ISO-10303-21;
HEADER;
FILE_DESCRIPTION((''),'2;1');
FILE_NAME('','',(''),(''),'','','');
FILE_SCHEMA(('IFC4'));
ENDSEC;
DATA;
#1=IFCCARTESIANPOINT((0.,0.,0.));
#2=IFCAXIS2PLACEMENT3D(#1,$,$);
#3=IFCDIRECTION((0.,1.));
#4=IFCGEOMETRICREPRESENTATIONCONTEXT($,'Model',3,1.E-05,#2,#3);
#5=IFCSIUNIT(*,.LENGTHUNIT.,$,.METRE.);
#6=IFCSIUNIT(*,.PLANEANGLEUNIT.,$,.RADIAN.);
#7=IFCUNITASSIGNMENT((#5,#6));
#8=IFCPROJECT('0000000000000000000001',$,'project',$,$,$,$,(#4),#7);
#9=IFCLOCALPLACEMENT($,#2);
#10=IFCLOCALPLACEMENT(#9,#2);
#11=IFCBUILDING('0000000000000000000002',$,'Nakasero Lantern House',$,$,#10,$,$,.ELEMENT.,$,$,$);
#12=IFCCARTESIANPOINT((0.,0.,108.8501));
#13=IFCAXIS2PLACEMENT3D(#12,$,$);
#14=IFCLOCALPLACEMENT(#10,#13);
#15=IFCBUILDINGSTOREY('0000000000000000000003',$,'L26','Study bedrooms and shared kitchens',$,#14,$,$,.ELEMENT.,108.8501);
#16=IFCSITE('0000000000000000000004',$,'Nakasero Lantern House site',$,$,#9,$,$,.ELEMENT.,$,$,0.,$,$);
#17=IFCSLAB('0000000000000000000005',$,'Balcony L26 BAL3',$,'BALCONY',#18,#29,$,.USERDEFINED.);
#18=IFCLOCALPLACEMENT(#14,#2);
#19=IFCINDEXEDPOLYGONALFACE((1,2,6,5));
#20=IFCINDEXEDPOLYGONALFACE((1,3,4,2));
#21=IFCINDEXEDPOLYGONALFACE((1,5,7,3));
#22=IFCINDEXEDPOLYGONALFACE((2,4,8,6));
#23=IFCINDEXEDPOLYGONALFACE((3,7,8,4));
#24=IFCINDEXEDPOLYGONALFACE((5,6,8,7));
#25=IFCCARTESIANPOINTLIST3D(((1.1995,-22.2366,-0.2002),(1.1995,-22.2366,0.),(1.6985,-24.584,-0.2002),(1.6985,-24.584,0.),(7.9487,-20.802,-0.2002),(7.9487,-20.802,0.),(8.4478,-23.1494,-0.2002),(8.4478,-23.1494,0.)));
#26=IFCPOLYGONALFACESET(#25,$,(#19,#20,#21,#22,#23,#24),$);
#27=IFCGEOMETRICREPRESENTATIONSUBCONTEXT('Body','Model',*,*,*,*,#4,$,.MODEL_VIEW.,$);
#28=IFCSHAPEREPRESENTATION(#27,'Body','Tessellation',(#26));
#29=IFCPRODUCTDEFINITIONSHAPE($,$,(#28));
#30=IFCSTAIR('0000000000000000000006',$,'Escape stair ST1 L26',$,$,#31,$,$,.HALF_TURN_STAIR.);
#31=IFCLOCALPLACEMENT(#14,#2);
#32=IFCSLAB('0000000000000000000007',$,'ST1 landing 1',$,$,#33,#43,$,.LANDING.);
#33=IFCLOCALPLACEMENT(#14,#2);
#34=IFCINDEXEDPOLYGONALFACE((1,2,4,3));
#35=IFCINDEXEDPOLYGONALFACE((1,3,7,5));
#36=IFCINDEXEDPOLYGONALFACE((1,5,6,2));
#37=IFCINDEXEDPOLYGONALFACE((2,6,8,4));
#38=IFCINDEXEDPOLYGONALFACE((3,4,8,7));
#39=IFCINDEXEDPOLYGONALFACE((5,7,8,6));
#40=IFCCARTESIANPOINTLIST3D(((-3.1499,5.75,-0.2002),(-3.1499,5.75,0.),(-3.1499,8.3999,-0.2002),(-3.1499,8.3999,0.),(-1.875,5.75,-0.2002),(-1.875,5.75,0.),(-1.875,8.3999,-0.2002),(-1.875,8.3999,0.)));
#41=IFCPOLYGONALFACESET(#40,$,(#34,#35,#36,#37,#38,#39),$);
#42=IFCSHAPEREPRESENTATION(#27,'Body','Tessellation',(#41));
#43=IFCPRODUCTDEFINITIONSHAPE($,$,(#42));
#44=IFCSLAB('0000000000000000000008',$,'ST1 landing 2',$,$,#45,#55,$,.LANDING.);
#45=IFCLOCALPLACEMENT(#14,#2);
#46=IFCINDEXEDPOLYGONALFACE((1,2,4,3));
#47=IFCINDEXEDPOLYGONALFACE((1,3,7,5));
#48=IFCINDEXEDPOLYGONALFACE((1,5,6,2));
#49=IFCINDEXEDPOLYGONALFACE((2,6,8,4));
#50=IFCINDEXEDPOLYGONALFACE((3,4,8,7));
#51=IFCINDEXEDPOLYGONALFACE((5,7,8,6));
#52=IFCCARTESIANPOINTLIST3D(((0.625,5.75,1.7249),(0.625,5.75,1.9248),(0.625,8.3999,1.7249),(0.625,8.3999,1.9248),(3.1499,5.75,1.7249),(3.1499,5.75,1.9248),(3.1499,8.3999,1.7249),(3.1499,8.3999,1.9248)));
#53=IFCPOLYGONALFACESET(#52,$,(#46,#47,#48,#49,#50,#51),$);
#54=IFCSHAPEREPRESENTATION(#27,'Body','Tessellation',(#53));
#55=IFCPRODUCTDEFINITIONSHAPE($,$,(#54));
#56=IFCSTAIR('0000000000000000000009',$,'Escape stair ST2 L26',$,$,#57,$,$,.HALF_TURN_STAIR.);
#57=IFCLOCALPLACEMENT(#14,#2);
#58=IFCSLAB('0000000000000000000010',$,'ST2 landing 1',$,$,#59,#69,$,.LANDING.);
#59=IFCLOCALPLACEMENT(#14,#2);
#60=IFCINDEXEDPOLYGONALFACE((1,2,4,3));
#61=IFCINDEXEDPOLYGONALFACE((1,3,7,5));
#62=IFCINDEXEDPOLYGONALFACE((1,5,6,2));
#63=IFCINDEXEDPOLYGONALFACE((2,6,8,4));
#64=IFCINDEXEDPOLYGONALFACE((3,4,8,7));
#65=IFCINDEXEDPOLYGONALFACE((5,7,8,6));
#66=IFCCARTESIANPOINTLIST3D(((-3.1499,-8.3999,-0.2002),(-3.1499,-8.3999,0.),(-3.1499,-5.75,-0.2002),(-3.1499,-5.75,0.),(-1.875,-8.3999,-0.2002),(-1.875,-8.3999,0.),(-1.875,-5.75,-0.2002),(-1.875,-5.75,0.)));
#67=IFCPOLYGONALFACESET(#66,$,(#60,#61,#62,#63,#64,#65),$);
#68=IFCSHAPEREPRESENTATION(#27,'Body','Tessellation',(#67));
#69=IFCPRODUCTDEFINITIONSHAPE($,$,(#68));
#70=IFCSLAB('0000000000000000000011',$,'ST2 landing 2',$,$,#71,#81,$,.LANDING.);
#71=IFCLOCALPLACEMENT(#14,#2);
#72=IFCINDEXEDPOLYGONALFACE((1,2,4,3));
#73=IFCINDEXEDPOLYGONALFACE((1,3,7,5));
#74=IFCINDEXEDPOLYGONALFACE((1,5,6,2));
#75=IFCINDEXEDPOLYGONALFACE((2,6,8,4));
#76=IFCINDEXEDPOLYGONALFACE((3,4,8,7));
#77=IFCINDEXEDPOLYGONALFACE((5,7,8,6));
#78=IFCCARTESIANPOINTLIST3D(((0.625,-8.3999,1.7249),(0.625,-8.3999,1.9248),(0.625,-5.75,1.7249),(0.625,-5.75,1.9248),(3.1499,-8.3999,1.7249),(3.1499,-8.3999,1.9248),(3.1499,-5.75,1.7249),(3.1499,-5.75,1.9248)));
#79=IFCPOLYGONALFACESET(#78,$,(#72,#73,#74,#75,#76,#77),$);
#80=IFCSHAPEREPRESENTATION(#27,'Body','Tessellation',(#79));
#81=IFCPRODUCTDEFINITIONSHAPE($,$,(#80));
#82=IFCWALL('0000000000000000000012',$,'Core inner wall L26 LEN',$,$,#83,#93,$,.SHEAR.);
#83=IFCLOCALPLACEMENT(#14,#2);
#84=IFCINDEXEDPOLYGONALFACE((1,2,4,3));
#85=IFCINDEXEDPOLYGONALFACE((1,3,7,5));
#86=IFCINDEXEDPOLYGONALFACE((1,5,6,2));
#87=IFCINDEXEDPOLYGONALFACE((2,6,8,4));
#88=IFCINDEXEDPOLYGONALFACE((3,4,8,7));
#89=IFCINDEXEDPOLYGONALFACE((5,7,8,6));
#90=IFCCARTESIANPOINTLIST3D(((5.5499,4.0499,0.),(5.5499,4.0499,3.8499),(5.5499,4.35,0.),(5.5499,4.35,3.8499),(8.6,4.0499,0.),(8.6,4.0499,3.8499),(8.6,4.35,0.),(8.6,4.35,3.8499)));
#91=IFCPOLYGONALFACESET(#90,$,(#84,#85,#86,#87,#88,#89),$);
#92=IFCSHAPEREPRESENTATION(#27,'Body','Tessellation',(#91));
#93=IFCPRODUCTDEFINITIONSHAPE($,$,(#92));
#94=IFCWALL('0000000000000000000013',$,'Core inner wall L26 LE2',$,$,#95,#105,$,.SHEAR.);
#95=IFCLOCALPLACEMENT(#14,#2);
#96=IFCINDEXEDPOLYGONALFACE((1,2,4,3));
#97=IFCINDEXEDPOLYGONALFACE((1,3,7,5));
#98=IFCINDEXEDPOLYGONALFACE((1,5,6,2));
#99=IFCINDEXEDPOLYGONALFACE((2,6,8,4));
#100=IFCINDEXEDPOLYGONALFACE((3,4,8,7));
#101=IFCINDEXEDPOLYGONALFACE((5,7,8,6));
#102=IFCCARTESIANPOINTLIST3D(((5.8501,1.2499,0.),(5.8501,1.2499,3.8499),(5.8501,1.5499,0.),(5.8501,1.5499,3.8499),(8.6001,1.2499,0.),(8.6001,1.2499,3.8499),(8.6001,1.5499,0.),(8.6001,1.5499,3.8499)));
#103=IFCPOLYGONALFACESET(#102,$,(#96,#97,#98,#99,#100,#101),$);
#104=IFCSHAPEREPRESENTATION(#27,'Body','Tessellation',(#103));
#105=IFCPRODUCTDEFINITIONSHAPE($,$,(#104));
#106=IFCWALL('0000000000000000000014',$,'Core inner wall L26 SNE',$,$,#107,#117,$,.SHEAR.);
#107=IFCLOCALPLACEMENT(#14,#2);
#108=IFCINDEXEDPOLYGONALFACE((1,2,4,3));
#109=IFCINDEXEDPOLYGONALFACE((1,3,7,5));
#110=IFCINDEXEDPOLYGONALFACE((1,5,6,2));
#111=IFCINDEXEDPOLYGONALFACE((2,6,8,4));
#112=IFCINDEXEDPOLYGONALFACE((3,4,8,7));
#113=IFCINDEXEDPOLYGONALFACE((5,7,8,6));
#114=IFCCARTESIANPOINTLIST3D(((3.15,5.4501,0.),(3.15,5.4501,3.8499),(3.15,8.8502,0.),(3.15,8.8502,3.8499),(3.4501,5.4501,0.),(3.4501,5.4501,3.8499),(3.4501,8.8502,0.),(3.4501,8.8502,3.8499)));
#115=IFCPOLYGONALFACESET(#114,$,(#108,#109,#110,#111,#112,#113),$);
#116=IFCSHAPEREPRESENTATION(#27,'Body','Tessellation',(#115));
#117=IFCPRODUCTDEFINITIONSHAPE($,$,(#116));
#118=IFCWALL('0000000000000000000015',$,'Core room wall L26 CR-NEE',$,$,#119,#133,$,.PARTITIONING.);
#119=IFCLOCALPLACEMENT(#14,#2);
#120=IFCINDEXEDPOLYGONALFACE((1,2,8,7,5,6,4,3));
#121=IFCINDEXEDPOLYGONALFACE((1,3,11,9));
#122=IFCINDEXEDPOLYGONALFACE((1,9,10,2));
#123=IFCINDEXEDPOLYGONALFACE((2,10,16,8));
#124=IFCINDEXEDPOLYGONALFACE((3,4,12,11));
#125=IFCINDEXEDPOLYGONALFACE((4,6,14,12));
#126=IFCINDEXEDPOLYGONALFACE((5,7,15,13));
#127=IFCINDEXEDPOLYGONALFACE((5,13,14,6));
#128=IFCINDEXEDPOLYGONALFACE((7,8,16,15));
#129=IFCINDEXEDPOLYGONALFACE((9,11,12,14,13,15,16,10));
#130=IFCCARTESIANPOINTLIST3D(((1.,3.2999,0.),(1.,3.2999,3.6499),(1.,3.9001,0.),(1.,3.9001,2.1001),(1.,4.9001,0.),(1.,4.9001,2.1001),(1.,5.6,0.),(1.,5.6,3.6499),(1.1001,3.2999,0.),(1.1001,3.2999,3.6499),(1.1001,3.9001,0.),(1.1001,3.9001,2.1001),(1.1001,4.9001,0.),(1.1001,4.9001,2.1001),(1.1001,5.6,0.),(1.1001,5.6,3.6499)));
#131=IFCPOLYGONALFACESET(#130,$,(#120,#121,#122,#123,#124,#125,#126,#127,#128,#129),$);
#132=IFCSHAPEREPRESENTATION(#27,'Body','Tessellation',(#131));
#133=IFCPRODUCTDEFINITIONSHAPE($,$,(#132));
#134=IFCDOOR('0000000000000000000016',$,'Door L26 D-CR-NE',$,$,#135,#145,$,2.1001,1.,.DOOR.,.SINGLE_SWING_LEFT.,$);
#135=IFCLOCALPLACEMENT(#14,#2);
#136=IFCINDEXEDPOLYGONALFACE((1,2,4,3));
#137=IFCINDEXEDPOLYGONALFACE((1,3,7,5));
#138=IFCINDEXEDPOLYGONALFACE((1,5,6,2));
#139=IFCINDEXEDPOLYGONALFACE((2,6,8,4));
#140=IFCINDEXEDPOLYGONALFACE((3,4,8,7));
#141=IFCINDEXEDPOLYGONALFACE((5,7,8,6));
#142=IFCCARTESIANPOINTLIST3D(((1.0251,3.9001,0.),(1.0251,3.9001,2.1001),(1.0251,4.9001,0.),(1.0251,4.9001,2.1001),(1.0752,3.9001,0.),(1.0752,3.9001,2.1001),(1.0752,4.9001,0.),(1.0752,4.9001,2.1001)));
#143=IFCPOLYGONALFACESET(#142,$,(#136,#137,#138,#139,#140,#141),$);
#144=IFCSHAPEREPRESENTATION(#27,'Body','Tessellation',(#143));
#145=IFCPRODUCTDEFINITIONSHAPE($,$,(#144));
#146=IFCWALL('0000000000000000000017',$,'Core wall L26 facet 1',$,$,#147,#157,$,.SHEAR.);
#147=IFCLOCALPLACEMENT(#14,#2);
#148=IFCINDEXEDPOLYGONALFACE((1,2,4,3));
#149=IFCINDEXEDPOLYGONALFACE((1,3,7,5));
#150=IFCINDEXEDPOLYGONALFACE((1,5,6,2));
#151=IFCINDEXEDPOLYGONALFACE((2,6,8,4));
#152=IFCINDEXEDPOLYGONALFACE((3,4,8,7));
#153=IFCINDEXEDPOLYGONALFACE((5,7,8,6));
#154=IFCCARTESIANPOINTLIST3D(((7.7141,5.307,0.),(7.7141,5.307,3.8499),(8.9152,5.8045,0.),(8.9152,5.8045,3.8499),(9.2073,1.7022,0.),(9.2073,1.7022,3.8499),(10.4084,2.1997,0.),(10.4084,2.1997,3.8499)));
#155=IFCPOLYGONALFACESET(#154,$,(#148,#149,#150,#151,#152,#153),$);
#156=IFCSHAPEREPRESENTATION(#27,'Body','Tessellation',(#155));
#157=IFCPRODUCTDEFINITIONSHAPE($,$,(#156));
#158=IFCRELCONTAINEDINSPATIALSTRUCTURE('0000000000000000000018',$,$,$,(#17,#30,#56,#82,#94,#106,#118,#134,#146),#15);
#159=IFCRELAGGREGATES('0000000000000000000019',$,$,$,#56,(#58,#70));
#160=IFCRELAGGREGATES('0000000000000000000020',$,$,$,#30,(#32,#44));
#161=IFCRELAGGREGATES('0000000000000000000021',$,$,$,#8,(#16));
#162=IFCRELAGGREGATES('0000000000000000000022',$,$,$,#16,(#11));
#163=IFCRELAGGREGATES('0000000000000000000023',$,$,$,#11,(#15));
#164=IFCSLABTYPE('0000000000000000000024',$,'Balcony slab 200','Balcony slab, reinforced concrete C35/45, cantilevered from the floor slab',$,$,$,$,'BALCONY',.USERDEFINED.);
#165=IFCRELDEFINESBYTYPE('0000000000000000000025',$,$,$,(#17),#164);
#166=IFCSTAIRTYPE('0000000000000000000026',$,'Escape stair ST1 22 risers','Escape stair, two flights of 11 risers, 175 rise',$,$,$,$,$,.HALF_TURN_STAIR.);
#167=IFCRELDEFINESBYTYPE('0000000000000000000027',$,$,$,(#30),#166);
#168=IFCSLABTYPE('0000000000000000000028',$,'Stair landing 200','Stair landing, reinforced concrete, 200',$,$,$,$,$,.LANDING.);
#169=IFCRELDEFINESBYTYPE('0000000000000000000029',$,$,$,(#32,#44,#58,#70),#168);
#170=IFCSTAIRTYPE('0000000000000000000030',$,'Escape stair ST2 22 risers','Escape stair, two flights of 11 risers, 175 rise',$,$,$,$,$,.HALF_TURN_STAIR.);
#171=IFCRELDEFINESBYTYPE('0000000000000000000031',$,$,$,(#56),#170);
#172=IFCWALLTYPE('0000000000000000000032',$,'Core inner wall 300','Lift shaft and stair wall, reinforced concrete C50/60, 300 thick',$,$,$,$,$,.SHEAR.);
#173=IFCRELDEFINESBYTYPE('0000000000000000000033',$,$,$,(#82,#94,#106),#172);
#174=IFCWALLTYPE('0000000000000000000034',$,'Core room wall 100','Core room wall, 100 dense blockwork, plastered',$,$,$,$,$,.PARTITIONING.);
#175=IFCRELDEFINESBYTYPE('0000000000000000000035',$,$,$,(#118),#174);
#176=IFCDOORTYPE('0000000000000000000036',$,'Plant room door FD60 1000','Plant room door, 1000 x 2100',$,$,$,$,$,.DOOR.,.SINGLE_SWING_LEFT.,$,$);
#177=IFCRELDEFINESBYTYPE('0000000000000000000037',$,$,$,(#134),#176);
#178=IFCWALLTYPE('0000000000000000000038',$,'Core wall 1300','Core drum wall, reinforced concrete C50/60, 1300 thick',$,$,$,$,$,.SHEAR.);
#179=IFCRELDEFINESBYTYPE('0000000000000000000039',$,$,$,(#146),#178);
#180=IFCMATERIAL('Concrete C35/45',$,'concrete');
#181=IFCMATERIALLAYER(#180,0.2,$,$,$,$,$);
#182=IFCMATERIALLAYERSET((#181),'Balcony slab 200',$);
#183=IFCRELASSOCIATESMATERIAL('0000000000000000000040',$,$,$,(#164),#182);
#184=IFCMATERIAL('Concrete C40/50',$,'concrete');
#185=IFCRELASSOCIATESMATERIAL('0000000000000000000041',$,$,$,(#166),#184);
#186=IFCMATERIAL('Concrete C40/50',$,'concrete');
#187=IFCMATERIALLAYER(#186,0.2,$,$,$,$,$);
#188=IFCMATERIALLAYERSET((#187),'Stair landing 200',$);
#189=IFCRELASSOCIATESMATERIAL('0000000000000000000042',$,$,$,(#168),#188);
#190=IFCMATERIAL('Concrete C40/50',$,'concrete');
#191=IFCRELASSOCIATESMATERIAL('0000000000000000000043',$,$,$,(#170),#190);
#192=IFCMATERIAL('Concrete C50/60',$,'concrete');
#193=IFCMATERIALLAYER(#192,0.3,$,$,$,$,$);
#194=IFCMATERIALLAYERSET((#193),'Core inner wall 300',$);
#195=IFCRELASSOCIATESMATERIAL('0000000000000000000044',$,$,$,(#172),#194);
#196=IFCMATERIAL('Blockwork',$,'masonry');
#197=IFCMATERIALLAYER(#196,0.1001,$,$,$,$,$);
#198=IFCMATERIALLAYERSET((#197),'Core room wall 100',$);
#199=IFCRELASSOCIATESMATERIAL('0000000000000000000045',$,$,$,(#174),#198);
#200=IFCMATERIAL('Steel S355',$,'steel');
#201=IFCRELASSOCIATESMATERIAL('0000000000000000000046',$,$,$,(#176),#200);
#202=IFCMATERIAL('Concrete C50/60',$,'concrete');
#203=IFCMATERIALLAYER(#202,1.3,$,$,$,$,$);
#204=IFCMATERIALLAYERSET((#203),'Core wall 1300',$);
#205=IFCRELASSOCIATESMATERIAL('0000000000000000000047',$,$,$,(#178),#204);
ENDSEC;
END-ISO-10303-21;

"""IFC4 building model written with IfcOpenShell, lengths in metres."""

from ifc_helpers import new_model, si_unit, direction, frame, frame_2d, origin, place, context, subcontext, project, spatial, polyline, rectangle, outline, extrude, material, layer, layer_set, type_object, element, fill, aggregate, save


model = new_model("IFC4")

# Units and contexts
model_context = context("Model", 3, precision=1e-05, world=origin(), true_north=direction((0.0, 1.0)))
body_context = subcontext(model_context, "Body", "Model", "MODEL_VIEW")
ifc_project = project(units=[si_unit("LENGTHUNIT", "METRE"), si_unit("PLANEANGLEUNIT", "RADIAN")], contexts=[model_context])

# Site, building, storey
site_placement = place(None, origin())
site = spatial("IfcSite", under=ifc_project, at=site_placement, Name="Nakasero Lantern House site", CompositionType="ELEMENT", RefElevation=0.0)
building_placement = place(site_placement, origin())
building = spatial("IfcBuilding", under=site, at=building_placement, Name="Nakasero Lantern House", CompositionType="ELEMENT")
storey_placement = place(building_placement, frame((0.0, 0.0, 108.8501)))
storey = spatial("IfcBuildingStorey", under=building, at=storey_placement, Name="L26", Description="Study bedrooms and shared kitchens", CompositionType="ELEMENT", Elevation=108.8501)

# Slab
ifc_material_1 = material(Name="Concrete C35/45", Category="concrete")
ifc_layer_1 = layer(ifc_material_1, 0.2)
ifc_layer_set_1 = layer_set([ifc_layer_1], Name="Balcony slab 200")
slab_type_1 = type_object("IfcSlabType", Name="Balcony slab 200", Description="Balcony slab, reinforced concrete C35/45, cantilevered from the floor slab", ElementType="BALCONY", PredefinedType="USERDEFINED", material=ifc_layer_set_1)
slab_1_placement = place(storey_placement, frame((0.0, 0.0, -0.2002)))
element("IfcSlab", 1, at=slab_1_placement, inside=storey, type_object=slab_type_1, Name="Balcony L26 BAL3", ObjectType="BALCONY", PredefinedType="USERDEFINED", context=body_context, shape_type="SweptSolid", body=[
    extrude(outline(polyline([(1.1995, -22.2366), (1.6985, -24.584), (8.4478, -23.1494), (7.9487, -20.802), (1.1995, -22.2366)])), origin(), (0.0, 0.0, 1.0), 0.2002),
])

# Stairs, slabs
ifc_material_2 = material(Name="Concrete C40/50", Category="concrete")
stair_type_1 = type_object("IfcStairType", Name="Escape stair ST1 22 risers", Description="Escape stair, two flights of 11 risers, 175 rise", PredefinedType="HALF_TURN_STAIR", material=ifc_material_2)
stair_1_placement = place(storey_placement, origin())
stair_1 = element("IfcStair", 2, at=stair_1_placement, inside=storey, type_object=stair_type_1, Name="Escape stair ST1 L26", PredefinedType="HALF_TURN_STAIR")
ifc_material_3 = material(Name="Concrete C40/50", Category="concrete")
ifc_layer_2 = layer(ifc_material_3, 0.2)
ifc_layer_set_2 = layer_set([ifc_layer_2], Name="Stair landing 200")
slab_type_2 = type_object("IfcSlabType", Name="Stair landing 200", Description="Stair landing, reinforced concrete, 200", PredefinedType="LANDING", material=ifc_layer_set_2)
slab_2_placement = place(storey_placement, frame((0.0, 0.0, -0.2002)))
slab_2 = element("IfcSlab", 3, at=slab_2_placement, type_object=slab_type_2, Name="ST1 landing 1", PredefinedType="LANDING", context=body_context, shape_type="SweptSolid", body=[
    extrude(outline(polyline([(-3.1499, 5.75), (-1.875, 5.75), (-1.875, 8.3999), (-3.1499, 8.3999), (-3.1499, 5.75)])), origin(), (0.0, 0.0, 1.0), 0.2002),
])
slab_3_placement = place(storey_placement, frame((0.0, 0.0, 1.7249)))
slab_3 = element("IfcSlab", 4, at=slab_3_placement, type_object=slab_type_2, Name="ST1 landing 2", PredefinedType="LANDING", context=body_context, shape_type="SweptSolid", body=[
    extrude(outline(polyline([(0.625, 5.75), (3.1499, 5.75), (3.1499, 8.3999), (0.625, 8.3999), (0.625, 5.75)])), origin(), (0.0, 0.0, 1.0), 0.2),
])
ifc_material_4 = material(Name="Concrete C40/50", Category="concrete")
stair_type_2 = type_object("IfcStairType", Name="Escape stair ST2 22 risers", Description="Escape stair, two flights of 11 risers, 175 rise", PredefinedType="HALF_TURN_STAIR", material=ifc_material_4)
stair_2_placement = place(storey_placement, origin())
stair_2 = element("IfcStair", 5, at=stair_2_placement, inside=storey, type_object=stair_type_2, Name="Escape stair ST2 L26", PredefinedType="HALF_TURN_STAIR")
slab_4_placement = place(storey_placement, frame((0.0, 0.0, -0.2002)))
slab_4 = element("IfcSlab", 6, at=slab_4_placement, type_object=slab_type_2, Name="ST2 landing 1", PredefinedType="LANDING", context=body_context, shape_type="SweptSolid", body=[
    extrude(outline(polyline([(-3.1499, -8.3999), (-1.875, -8.3999), (-1.875, -5.75), (-3.1499, -5.75), (-3.1499, -8.3999)])), origin(), (0.0, 0.0, 1.0), 0.2002),
])
slab_5_placement = place(storey_placement, frame((0.0, 0.0, 1.7249)))
slab_5 = element("IfcSlab", 7, at=slab_5_placement, type_object=slab_type_2, Name="ST2 landing 2", PredefinedType="LANDING", context=body_context, shape_type="SweptSolid", body=[
    extrude(outline(polyline([(0.625, -8.3999), (3.1499, -8.3999), (3.1499, -5.75), (0.625, -5.75), (0.625, -8.3999)])), origin(), (0.0, 0.0, 1.0), 0.2),
])
aggregate(stair_2, [slab_4, slab_5])

# Walls
ifc_material_5 = material(Name="Concrete C50/60", Category="concrete")
ifc_layer_3 = layer(ifc_material_5, 0.3)
ifc_layer_set_3 = layer_set([ifc_layer_3], Name="Core inner wall 300")
wall_type_1 = type_object("IfcWallType", Name="Core inner wall 300", Description="Lift shaft and stair wall, reinforced concrete C50/60, 300 thick", PredefinedType="SHEAR", material=ifc_layer_set_3)
wall_1_placement = place(storey_placement, frame((5.55, 4.2, 0.0), z_axis=(0.0, 0.0, 1.0), x_axis=(1.0, 0.0, 0.0)))
element("IfcWall", 8, at=wall_1_placement, inside=storey, type_object=wall_type_1, Name="Core inner wall L26 LEN", PredefinedType="SHEAR", context=body_context, shape_type="SweptSolid", body=[
    extrude(rectangle(XDim=3.05, YDim=0.3, at=frame_2d((1.5249, 0.0))), origin(), (0.0, 0.0, 1.0), 3.8499),
])
wall_2_placement = place(storey_placement, frame((5.8501, 1.3999, 0.0), z_axis=(0.0, 0.0, 1.0), x_axis=(1.0, 0.0, 0.0)))
element("IfcWall", 9, at=wall_2_placement, inside=storey, type_object=wall_type_1, Name="Core inner wall L26 LE2", PredefinedType="SHEAR", context=body_context, shape_type="SweptSolid", body=[
    extrude(rectangle(XDim=2.75, YDim=0.3, at=frame_2d((1.375, 0.0))), origin(), (0.0, 0.0, 1.0), 3.8499),
])
wall_3_placement = place(storey_placement, frame((3.3, 5.45, 0.0), z_axis=(0.0, 0.0, 1.0), x_axis=(0.0, 1.0, 0.0)))
element("IfcWall", 10, at=wall_3_placement, inside=storey, type_object=wall_type_1, Name="Core inner wall L26 SNE", PredefinedType="SHEAR", context=body_context, shape_type="SweptSolid", body=[
    extrude(rectangle(XDim=3.4001, YDim=0.3, at=frame_2d((1.7002, 0.0))), origin(), (0.0, 0.0, 1.0), 3.8499),
])

# Wall, opening, door
ifc_material_6 = material(Name="Blockwork", Category="masonry")
ifc_layer_4 = layer(ifc_material_6, 0.1001)
ifc_layer_set_4 = layer_set([ifc_layer_4], Name="Core room wall 100")
wall_type_2 = type_object("IfcWallType", Name="Core room wall 100", Description="Core room wall, 100 dense blockwork, plastered", PredefinedType="PARTITIONING", material=ifc_layer_set_4)
wall_4_placement = place(storey_placement, frame((1.05, 3.3, 0.0), z_axis=(0.0, 0.0, 1.0), x_axis=(0.0, 1.0, 0.0)))
wall_4 = element("IfcWall", 11, at=wall_4_placement, inside=storey, type_object=wall_type_2, Name="Core room wall L26 CR-NEE", PredefinedType="PARTITIONING", context=body_context, shape_type="SweptSolid", body=[
    extrude(rectangle(XDim=2.3, YDim=0.1001, at=frame_2d((1.1499, 0.0))), origin(), (0.0, 0.0, 1.0), 3.6499),
])
opening_1_placement = place(wall_4_placement, frame((0.6001, 0.0, 0.0)))
opening_1 = element("IfcOpeningElement", 12, at=opening_1_placement, cuts=wall_4, PredefinedType="OPENING", context=body_context, shape_type="SweptSolid", body=[
    extrude(rectangle(XDim=1.0, YDim=2.1001, at=frame_2d((0.5, 1.05))), frame((0.0, 0.0701, 0.0), z_axis=(0.0, -1.0, 0.0), x_axis=(1.0, 0.0, 0.0)), (0.0, 0.0, 1.0), 0.1401),
])
ifc_material_7 = material(Name="Steel S355", Category="steel")
door_type_1 = type_object("IfcDoorType", Name="Plant room door FD60 1000", Description="Plant room door, 1000 x 2100", OperationType="SINGLE_SWING_LEFT", PredefinedType="DOOR", material=ifc_material_7)
door_1_placement = place(opening_1_placement, origin())
door_1 = element("IfcDoor", 13, at=door_1_placement, inside=storey, type_object=door_type_1, Name="Door L26 D-CR-NE", OperationType="SINGLE_SWING_LEFT", OverallHeight=2.1001, OverallWidth=1.0, PredefinedType="DOOR", context=body_context, shape_type="SweptSolid", body=[
    extrude(rectangle(XDim=1.0, YDim=2.1001, at=frame_2d((0.5, 1.05))), frame((0.0, 0.0249, 0.0), z_axis=(0.0, -1.0, 0.0), x_axis=(1.0, 0.0, 0.0)), (0.0, 0.0, 1.0), 0.05),
])
fill(opening_1, door_1)

# Wall
ifc_material_8 = material(Name="Concrete C50/60", Category="concrete")
ifc_layer_5 = layer(ifc_material_8, 1.3)
ifc_layer_set_5 = layer_set([ifc_layer_5], Name="Core wall 1300")
wall_type_3 = type_object("IfcWallType", Name="Core wall 1300", Description="Core drum wall, reinforced concrete C50/60, 1300 thick", PredefinedType="SHEAR", material=ifc_layer_set_5)
wall_5_placement = place(storey_placement, frame((9.8079, 1.9509, 0.0), z_axis=(0.0, 0.0, 1.0), x_axis=(-0.382691, 0.923877, 0.0)))
element("IfcWall", 14, at=wall_5_placement, inside=storey, type_object=wall_type_3, Name="Core wall L26 facet 1", PredefinedType="SHEAR", context=body_context, shape_type="SweptSolid", body=[
    extrude(rectangle(XDim=3.9019, YDim=1.3, at=frame_2d((1.9509, 0.0))), origin(), (0.0, 0.0, 1.0), 3.8499),
])

aggregate(stair_1, [slab_2, slab_3])

save(model, "model.ifc")
